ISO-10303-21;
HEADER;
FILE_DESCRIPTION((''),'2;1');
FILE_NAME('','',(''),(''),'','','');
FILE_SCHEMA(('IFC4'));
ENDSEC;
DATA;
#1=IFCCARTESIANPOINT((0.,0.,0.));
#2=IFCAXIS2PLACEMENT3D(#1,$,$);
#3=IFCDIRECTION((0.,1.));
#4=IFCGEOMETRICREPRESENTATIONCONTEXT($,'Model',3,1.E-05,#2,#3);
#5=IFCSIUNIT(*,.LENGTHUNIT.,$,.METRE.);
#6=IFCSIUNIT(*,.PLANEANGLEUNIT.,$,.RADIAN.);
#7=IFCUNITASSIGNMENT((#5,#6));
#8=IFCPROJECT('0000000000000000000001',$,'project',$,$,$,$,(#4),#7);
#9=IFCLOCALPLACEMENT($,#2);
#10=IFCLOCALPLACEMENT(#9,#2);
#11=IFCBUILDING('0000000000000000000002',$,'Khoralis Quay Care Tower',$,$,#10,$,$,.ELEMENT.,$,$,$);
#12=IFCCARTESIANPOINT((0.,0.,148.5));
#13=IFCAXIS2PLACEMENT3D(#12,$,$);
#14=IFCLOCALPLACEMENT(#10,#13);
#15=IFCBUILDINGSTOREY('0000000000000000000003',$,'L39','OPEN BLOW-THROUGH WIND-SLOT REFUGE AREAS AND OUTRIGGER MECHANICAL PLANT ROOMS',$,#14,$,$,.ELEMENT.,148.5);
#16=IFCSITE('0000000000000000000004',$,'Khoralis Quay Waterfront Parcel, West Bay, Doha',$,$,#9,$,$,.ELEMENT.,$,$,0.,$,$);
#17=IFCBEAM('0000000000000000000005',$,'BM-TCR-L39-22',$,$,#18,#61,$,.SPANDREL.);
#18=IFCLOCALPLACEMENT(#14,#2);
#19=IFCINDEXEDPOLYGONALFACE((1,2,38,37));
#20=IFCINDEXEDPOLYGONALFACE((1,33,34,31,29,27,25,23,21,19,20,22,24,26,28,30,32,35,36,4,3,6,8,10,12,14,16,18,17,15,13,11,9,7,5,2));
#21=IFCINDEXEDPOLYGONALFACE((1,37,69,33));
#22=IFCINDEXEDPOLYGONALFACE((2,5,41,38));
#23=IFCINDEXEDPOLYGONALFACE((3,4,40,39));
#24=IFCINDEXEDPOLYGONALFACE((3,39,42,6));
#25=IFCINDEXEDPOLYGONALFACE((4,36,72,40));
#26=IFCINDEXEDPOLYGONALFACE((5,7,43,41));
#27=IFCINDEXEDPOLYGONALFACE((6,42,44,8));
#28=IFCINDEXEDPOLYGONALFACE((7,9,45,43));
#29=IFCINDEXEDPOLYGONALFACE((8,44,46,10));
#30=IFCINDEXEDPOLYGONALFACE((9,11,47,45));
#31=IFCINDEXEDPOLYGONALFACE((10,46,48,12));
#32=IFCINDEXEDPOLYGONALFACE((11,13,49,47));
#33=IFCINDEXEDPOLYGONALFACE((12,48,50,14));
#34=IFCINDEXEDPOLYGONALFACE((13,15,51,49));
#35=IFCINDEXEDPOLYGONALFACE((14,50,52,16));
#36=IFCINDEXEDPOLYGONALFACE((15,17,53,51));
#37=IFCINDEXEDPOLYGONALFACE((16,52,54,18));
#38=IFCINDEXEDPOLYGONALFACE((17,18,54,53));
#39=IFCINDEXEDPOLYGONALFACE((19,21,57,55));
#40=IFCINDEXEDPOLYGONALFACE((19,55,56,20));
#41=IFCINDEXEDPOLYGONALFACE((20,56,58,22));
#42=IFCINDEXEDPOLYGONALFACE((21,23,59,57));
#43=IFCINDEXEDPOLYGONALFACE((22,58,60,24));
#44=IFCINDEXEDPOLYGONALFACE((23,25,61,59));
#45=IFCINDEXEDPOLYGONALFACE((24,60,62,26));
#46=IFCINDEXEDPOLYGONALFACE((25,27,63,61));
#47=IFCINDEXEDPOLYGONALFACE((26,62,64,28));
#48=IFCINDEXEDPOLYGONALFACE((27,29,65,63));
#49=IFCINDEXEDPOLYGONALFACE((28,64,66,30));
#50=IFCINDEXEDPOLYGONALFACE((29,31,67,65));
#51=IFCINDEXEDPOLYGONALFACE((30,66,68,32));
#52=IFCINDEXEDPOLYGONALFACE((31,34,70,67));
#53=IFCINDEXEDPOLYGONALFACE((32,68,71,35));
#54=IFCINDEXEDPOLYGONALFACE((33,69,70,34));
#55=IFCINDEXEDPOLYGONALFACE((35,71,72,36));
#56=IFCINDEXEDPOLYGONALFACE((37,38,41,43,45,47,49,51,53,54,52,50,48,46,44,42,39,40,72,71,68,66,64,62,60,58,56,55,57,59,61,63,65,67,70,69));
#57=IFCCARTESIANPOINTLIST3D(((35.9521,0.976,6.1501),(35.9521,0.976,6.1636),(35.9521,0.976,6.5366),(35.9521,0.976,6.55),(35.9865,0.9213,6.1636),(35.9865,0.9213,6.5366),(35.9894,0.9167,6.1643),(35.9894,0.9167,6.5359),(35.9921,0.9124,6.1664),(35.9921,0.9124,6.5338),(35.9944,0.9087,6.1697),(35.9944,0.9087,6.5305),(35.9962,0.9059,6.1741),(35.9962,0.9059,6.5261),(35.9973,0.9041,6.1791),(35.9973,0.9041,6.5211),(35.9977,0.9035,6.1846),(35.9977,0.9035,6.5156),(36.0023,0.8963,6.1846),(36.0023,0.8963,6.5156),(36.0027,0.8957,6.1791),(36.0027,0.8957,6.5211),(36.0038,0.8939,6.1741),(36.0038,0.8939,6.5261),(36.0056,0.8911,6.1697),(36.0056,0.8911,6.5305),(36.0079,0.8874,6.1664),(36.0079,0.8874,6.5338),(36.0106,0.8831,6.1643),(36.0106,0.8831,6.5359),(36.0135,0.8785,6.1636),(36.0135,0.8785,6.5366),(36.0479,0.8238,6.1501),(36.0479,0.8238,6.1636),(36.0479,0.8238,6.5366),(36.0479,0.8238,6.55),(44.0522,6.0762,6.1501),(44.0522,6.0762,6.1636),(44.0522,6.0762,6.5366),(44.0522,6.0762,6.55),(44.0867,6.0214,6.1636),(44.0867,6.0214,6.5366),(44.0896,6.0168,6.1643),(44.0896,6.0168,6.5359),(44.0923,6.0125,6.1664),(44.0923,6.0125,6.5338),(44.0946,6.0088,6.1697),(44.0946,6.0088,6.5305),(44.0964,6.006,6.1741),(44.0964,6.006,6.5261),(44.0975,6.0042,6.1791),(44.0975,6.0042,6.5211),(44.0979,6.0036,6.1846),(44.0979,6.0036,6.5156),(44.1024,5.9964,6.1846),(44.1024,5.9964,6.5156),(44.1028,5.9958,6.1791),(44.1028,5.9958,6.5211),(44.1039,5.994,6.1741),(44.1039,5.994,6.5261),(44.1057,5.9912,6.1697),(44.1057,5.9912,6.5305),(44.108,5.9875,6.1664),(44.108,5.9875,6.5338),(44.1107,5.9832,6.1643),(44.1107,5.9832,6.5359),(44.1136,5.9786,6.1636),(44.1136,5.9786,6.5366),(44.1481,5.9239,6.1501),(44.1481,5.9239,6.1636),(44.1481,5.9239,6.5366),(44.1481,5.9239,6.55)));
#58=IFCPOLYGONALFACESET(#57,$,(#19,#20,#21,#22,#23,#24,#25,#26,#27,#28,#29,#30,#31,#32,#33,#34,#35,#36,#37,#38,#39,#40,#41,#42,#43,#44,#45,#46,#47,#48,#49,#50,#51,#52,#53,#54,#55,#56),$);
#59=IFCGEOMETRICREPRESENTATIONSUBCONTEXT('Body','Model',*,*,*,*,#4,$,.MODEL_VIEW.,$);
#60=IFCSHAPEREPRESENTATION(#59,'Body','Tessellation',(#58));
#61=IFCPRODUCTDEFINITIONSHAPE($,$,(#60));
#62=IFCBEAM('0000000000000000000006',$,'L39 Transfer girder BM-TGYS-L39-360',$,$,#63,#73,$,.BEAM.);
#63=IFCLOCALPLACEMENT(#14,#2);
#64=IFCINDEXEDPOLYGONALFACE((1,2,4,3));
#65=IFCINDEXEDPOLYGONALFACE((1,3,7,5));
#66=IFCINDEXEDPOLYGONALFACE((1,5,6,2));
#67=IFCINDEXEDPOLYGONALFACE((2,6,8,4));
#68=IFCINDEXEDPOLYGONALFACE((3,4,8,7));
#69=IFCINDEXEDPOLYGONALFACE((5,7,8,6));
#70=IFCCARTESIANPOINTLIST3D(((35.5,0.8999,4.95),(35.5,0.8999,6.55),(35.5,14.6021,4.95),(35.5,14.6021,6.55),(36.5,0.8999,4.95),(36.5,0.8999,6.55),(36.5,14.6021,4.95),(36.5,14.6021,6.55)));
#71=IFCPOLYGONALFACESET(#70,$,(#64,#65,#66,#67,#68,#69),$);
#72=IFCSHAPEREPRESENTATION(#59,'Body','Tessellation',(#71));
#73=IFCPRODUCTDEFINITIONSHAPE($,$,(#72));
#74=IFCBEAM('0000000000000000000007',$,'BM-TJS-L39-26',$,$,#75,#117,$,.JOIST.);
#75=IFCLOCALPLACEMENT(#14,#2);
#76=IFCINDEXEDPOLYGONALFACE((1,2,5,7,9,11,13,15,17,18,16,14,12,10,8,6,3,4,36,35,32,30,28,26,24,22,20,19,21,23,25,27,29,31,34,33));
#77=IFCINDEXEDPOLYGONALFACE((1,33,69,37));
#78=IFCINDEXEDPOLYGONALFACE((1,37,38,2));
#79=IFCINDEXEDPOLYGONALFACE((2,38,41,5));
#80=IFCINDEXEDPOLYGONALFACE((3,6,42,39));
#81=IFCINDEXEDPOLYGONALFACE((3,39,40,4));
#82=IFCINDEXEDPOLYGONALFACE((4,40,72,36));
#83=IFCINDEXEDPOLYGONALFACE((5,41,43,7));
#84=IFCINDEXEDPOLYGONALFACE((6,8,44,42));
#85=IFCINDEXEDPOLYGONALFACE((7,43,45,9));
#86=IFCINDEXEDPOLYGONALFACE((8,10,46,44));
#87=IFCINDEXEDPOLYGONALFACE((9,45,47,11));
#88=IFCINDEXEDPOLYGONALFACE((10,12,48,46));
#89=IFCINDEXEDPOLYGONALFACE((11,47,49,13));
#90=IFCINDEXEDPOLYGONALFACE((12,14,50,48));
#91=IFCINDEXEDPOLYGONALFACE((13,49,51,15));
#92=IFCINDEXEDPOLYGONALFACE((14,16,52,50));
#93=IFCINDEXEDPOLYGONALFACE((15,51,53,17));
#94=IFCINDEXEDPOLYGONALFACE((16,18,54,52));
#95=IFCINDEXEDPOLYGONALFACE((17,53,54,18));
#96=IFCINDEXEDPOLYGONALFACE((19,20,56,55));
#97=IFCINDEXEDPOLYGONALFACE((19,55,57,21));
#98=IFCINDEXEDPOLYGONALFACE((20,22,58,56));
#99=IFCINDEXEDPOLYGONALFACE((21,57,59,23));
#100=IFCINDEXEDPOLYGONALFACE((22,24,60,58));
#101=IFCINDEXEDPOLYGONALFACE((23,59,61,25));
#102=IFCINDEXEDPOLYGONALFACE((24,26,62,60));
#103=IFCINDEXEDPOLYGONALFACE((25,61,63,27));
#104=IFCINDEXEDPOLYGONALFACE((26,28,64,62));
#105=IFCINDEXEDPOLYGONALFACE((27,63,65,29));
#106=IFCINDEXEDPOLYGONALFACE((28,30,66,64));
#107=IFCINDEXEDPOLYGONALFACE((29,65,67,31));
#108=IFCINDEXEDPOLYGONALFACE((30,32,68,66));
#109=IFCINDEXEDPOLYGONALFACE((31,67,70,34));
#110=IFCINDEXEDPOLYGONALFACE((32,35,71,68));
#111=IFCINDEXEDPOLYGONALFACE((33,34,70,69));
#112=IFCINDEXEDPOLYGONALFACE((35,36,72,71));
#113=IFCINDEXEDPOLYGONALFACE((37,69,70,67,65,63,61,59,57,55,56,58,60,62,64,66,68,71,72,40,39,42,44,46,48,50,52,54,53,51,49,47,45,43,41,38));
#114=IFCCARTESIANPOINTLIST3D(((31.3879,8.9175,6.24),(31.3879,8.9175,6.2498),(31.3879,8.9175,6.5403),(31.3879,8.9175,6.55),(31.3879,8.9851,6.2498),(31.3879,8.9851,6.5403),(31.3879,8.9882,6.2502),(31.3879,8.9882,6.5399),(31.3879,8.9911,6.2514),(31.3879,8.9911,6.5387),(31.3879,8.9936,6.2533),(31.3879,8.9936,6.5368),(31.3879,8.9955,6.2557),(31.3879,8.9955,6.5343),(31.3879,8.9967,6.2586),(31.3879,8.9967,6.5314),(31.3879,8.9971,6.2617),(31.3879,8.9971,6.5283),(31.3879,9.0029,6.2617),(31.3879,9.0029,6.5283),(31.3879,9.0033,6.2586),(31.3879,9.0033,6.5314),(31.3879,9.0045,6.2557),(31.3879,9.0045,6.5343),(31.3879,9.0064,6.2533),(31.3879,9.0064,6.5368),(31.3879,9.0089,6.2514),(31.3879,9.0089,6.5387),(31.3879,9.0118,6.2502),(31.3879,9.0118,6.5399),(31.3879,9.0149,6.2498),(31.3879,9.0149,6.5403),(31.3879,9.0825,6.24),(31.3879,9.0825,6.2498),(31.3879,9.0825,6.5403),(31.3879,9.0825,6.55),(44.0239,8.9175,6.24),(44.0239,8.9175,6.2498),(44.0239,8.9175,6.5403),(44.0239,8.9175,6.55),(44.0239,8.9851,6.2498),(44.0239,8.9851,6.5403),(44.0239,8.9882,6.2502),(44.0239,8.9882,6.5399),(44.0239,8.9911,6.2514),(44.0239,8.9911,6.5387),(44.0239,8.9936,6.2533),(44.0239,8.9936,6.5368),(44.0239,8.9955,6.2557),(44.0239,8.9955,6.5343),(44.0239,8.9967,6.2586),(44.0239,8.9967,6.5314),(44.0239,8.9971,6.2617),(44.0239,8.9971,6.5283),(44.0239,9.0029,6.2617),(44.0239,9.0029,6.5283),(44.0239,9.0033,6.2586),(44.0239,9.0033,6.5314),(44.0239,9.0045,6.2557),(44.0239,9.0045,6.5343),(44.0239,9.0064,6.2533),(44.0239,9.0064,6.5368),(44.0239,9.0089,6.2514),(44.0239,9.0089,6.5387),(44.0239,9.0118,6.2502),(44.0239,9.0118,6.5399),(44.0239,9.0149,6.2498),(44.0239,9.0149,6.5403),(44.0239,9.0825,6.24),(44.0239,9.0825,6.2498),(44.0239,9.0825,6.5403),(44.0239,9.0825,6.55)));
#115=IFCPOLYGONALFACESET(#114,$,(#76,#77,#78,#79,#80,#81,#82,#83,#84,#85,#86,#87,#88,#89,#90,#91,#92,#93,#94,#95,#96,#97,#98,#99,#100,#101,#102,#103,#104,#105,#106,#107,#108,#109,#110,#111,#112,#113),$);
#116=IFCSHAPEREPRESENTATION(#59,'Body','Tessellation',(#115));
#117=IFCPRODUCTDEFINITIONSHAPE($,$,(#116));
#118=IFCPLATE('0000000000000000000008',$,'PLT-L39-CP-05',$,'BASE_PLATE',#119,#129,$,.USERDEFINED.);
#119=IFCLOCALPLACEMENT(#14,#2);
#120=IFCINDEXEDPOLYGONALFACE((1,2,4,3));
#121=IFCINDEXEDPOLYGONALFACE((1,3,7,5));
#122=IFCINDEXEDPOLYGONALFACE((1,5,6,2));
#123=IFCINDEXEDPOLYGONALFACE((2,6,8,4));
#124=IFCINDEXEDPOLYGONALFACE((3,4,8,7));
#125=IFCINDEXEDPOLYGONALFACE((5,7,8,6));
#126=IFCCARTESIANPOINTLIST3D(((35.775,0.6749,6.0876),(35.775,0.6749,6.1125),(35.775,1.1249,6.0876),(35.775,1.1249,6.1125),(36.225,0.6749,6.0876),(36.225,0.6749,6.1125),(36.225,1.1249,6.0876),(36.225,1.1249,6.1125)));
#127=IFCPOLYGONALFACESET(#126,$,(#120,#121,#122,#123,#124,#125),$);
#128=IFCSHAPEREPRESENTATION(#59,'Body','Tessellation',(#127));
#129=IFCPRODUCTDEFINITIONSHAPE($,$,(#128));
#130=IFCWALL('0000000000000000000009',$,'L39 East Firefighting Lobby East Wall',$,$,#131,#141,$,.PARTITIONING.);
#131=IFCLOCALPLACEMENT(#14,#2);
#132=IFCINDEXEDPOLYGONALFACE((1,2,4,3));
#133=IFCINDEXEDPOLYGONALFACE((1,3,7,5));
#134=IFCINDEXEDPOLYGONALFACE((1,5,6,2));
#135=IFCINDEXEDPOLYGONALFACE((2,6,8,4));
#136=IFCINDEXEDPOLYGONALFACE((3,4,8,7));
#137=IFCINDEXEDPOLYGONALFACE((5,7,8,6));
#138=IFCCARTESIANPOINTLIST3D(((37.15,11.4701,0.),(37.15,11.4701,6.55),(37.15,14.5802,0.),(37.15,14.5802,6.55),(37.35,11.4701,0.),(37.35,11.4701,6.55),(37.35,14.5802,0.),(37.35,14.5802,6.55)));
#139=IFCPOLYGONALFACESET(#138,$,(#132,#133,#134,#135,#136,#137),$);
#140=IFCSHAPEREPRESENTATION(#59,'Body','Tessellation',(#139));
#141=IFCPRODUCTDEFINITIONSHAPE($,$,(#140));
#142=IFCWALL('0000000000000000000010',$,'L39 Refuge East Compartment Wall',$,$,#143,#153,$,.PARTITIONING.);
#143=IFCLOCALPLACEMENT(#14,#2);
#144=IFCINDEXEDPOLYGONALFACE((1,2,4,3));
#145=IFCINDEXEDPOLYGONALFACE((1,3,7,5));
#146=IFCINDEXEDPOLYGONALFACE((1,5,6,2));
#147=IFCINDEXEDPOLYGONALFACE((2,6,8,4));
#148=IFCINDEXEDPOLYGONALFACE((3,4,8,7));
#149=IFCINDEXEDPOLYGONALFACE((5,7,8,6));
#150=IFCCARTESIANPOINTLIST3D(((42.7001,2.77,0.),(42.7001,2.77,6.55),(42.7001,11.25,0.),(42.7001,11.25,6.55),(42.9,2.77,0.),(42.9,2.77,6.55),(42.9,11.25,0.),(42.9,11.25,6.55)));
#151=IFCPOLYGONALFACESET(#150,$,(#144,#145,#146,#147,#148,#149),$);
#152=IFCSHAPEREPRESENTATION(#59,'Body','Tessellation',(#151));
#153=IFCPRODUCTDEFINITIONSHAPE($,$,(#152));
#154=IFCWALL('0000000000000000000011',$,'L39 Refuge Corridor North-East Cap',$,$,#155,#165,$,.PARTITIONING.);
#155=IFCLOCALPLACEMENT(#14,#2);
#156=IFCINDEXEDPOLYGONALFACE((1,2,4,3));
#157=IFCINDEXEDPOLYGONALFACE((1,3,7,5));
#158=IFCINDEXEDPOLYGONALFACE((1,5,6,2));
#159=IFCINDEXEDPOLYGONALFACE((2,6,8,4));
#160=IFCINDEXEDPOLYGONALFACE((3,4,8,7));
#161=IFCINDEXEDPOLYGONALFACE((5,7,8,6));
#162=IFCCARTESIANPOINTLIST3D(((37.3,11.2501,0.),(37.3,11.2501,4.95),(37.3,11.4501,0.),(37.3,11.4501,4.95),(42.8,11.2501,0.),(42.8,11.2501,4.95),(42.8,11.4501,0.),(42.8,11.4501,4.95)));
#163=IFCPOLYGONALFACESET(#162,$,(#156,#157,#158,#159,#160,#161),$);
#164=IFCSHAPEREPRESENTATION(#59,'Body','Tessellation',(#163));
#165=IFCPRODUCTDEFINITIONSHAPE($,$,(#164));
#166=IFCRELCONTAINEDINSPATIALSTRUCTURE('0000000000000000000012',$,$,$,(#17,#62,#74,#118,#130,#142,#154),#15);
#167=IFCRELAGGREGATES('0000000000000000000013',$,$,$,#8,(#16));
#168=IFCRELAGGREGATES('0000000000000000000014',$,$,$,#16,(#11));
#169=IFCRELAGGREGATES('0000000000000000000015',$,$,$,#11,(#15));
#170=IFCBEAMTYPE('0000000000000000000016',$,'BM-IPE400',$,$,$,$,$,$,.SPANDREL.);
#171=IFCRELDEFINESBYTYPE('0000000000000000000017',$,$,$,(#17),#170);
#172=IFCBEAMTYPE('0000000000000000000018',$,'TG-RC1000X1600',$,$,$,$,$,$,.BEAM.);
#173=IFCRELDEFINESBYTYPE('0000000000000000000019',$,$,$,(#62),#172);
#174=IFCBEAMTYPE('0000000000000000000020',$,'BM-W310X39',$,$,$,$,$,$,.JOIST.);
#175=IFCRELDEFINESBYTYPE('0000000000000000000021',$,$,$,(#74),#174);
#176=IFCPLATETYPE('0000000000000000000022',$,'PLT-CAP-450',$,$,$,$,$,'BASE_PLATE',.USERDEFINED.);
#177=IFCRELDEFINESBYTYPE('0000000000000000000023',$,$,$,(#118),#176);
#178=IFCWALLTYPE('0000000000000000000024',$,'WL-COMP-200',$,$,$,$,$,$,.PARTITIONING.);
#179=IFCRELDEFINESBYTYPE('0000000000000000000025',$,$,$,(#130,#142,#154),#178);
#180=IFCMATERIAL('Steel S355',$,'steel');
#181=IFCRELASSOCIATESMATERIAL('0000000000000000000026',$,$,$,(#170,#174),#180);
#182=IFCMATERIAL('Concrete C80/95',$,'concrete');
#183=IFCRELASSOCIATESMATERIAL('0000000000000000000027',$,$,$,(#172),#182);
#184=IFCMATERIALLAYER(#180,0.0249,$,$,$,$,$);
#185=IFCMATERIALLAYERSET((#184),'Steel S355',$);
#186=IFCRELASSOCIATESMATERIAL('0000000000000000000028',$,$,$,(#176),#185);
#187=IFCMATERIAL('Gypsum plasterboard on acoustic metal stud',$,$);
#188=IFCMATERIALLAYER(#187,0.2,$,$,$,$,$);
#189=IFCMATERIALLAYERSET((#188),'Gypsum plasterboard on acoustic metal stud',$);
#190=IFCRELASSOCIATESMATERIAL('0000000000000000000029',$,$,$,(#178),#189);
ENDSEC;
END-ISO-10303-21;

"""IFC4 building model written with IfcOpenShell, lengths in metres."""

from ifc_helpers import new_model, si_unit, direction, frame, frame_2d, origin, origin_2d, place, context, subcontext, project, spatial, rectangle, i_section, extrude, source, transform, mapped, material, layer, layer_set, material_profile, profile_set, type_object, element, save


model = new_model("IFC4")

# Units and contexts
model_context = context("Model", 3, precision=1e-05, world=origin(), true_north=direction((0.0, 1.0)))
body_context = subcontext(model_context, "Body", "Model", "MODEL_VIEW")
ifc_project = project(units=[si_unit("LENGTHUNIT", "METRE"), si_unit("PLANEANGLEUNIT", "RADIAN")], contexts=[model_context])

# Site, building, storey
site_placement = place(None, origin())
site = spatial("IfcSite", under=ifc_project, at=site_placement, Name="Khoralis Quay Waterfront Parcel, West Bay, Doha", CompositionType="ELEMENT", RefElevation=0.0)
building_placement = place(site_placement, origin())
building = spatial("IfcBuilding", under=site, at=building_placement, Name="Khoralis Quay Care Tower", CompositionType="ELEMENT")
storey_placement = place(building_placement, frame((0.0, 0.0, 148.5)))
storey = spatial("IfcBuildingStorey", under=building, at=storey_placement, Name="L39", Description="OPEN BLOW-THROUGH WIND-SLOT REFUGE AREAS AND OUTRIGGER MECHANICAL PLANT ROOMS", CompositionType="ELEMENT", Elevation=148.5)

# Beams
ifc_material_1 = material(Name="Steel S355", Category="steel")
ifc_material_profile_1 = material_profile(ifc_material_1, i_section(OverallWidth=0.1799, OverallDepth=0.3999, WebThickness=0.0085, FlangeThickness=0.0134, FilletRadius=0.021, at=origin_2d()), Name="Steel S355")
ifc_profile_set_1 = profile_set([ifc_material_profile_1], Name="Steel S355")
beam_type_1 = type_object("IfcBeamType", Name="BM-IPE400", PredefinedType="SPANDREL", material=ifc_profile_set_1)
shared_shape_1 = source(origin(), body_context, "Body", "SweptSolid", [
    extrude(i_section(OverallWidth=0.1799, OverallDepth=0.3999, WebThickness=0.0085, FlangeThickness=0.0134, FilletRadius=0.021, at=origin_2d()), origin(), (0.0, 0.0, 1.0), 9.572),
])
beam_1_placement = place(storey_placement, frame((36.0, 0.8999, 6.3501), z_axis=(0.846231, 0.532816, 0.0), x_axis=(-0.532816, 0.846231, 0.0)))
element("IfcBeam", 1, at=beam_1_placement, inside=storey, type_object=beam_type_1, Name="BM-TCR-L39-22", PredefinedType="SPANDREL", context=body_context, shape_type="MappedRepresentation", body=[
    mapped(shared_shape_1, transform((0.0, 0.0, 0.0), scale=1.0)),
])
ifc_material_2 = material(Name="Concrete C80/95", Category="concrete")
ifc_material_profile_2 = material_profile(ifc_material_2, rectangle(XDim=1.0, YDim=1.6001, at=origin_2d()), Name="Concrete C80/95")
ifc_profile_set_2 = profile_set([ifc_material_profile_2], Name="Concrete C80/95")
beam_type_2 = type_object("IfcBeamType", Name="TG-RC1000X1600", PredefinedType="BEAM", material=ifc_profile_set_2)
shared_shape_2 = source(origin(), body_context, "Body", "SweptSolid", [
    extrude(rectangle(XDim=1.0, YDim=1.6001, at=origin_2d()), origin(), (0.0, 0.0, 1.0), 13.7021),
])
beam_2_placement = place(storey_placement, frame((36.0, 0.8999, 5.75), z_axis=(0.0, 1.0, 0.0), x_axis=(-1.0, 0.0, 0.0)))
element("IfcBeam", 2, at=beam_2_placement, inside=storey, type_object=beam_type_2, Name="L39 Transfer girder BM-TGYS-L39-360", PredefinedType="BEAM", context=body_context, shape_type="MappedRepresentation", body=[
    mapped(shared_shape_2, transform((0.0, 0.0, 0.0), scale=1.0)),
])
ifc_material_profile_3 = material_profile(ifc_material_1, i_section(OverallWidth=0.165, OverallDepth=0.3101, WebThickness=0.0059, FlangeThickness=0.0098, FilletRadius=0.012, at=origin_2d()), Name="Steel S355")
ifc_profile_set_3 = profile_set([ifc_material_profile_3], Name="Steel S355")
beam_type_3 = type_object("IfcBeamType", Name="BM-W310X39", PredefinedType="JOIST", material=ifc_profile_set_3)
shared_shape_3 = source(origin(), body_context, "Body", "SweptSolid", [
    extrude(i_section(OverallWidth=0.165, OverallDepth=0.3101, WebThickness=0.0059, FlangeThickness=0.0098, FilletRadius=0.012, at=origin_2d()), origin(), (0.0, 0.0, 1.0), 12.636),
])
beam_3_placement = place(storey_placement, frame((31.3879, 9.0, 6.395), z_axis=(1.0, 0.0, 0.0), x_axis=(0.0, 1.0, 0.0)))
element("IfcBeam", 3, at=beam_3_placement, inside=storey, type_object=beam_type_3, Name="BM-TJS-L39-26", PredefinedType="JOIST", context=body_context, shape_type="MappedRepresentation", body=[
    mapped(shared_shape_3, transform((0.0, 0.0, 0.0), scale=1.0)),
])

# Plate
ifc_layer_1 = layer(ifc_material_1, 0.0249)
ifc_layer_set_1 = layer_set([ifc_layer_1], Name="Steel S355")
plate_type = type_object("IfcPlateType", Name="PLT-CAP-450", ElementType="BASE_PLATE", PredefinedType="USERDEFINED", material=ifc_layer_set_1)
shared_shape_4 = source(origin(), body_context, "Body", "SweptSolid", [
    extrude(rectangle(XDim=0.45, YDim=0.45, at=origin_2d()), origin(), (0.0, 0.0, 1.0), 0.0249),
])
plate_placement = place(storey_placement, frame((36.0, 0.8999, 6.0876), z_axis=(0.0, 0.0, 1.0), x_axis=(1.0, 0.0, 0.0)))
element("IfcPlate", 4, at=plate_placement, inside=storey, type_object=plate_type, Name="PLT-L39-CP-05", ObjectType="BASE_PLATE", PredefinedType="USERDEFINED", context=body_context, shape_type="MappedRepresentation", body=[
    mapped(shared_shape_4, transform((0.0, 0.0, 0.0), scale=1.0)),
])

# Walls
ifc_material_3 = material(Name="Gypsum plasterboard on acoustic metal stud")
ifc_layer_2 = layer(ifc_material_3, 0.2)
ifc_layer_set_2 = layer_set([ifc_layer_2], Name="Gypsum plasterboard on acoustic metal stud")
wall_type_1 = type_object("IfcWallType", Name="WL-COMP-200", PredefinedType="PARTITIONING", material=ifc_layer_set_2)
wall_1_placement = place(storey_placement, frame((37.25, 11.47, 0.0), z_axis=(0.0, 0.0, 1.0), x_axis=(0.0, 1.0, 0.0)))
element("IfcWall", 5, at=wall_1_placement, inside=storey, type_object=wall_type_1, Name="L39 East Firefighting Lobby East Wall", PredefinedType="PARTITIONING", context=body_context, shape_type="SweptSolid", body=[
    extrude(rectangle(XDim=3.1101, YDim=0.2, at=frame_2d((1.5552, 0.0))), origin(), (0.0, 0.0, 1.0), 6.55),
])
wall_2_placement = place(storey_placement, frame((42.8, 2.77, 0.0), z_axis=(0.0, 0.0, 1.0), x_axis=(0.0, 1.0, 0.0)))
element("IfcWall", 6, at=wall_2_placement, inside=storey, type_object=wall_type_1, Name="L39 Refuge East Compartment Wall", PredefinedType="PARTITIONING", context=body_context, shape_type="SweptSolid", body=[
    extrude(rectangle(XDim=8.48, YDim=0.2, at=frame_2d((4.24, 0.0))), origin(), (0.0, 0.0, 1.0), 6.55),
])
wall_3_placement = place(storey_placement, frame((37.3, 11.3501, 0.0), z_axis=(0.0, 0.0, 1.0), x_axis=(1.0, 0.0, 0.0)))
element("IfcWall", 7, at=wall_3_placement, inside=storey, type_object=wall_type_1, Name="L39 Refuge Corridor North-East Cap", PredefinedType="PARTITIONING", context=body_context, shape_type="SweptSolid", body=[
    extrude(rectangle(XDim=5.5, YDim=0.2, at=frame_2d((2.75, 0.0))), origin(), (0.0, 0.0, 1.0), 4.95),
])

save(model, "model.ifc")
